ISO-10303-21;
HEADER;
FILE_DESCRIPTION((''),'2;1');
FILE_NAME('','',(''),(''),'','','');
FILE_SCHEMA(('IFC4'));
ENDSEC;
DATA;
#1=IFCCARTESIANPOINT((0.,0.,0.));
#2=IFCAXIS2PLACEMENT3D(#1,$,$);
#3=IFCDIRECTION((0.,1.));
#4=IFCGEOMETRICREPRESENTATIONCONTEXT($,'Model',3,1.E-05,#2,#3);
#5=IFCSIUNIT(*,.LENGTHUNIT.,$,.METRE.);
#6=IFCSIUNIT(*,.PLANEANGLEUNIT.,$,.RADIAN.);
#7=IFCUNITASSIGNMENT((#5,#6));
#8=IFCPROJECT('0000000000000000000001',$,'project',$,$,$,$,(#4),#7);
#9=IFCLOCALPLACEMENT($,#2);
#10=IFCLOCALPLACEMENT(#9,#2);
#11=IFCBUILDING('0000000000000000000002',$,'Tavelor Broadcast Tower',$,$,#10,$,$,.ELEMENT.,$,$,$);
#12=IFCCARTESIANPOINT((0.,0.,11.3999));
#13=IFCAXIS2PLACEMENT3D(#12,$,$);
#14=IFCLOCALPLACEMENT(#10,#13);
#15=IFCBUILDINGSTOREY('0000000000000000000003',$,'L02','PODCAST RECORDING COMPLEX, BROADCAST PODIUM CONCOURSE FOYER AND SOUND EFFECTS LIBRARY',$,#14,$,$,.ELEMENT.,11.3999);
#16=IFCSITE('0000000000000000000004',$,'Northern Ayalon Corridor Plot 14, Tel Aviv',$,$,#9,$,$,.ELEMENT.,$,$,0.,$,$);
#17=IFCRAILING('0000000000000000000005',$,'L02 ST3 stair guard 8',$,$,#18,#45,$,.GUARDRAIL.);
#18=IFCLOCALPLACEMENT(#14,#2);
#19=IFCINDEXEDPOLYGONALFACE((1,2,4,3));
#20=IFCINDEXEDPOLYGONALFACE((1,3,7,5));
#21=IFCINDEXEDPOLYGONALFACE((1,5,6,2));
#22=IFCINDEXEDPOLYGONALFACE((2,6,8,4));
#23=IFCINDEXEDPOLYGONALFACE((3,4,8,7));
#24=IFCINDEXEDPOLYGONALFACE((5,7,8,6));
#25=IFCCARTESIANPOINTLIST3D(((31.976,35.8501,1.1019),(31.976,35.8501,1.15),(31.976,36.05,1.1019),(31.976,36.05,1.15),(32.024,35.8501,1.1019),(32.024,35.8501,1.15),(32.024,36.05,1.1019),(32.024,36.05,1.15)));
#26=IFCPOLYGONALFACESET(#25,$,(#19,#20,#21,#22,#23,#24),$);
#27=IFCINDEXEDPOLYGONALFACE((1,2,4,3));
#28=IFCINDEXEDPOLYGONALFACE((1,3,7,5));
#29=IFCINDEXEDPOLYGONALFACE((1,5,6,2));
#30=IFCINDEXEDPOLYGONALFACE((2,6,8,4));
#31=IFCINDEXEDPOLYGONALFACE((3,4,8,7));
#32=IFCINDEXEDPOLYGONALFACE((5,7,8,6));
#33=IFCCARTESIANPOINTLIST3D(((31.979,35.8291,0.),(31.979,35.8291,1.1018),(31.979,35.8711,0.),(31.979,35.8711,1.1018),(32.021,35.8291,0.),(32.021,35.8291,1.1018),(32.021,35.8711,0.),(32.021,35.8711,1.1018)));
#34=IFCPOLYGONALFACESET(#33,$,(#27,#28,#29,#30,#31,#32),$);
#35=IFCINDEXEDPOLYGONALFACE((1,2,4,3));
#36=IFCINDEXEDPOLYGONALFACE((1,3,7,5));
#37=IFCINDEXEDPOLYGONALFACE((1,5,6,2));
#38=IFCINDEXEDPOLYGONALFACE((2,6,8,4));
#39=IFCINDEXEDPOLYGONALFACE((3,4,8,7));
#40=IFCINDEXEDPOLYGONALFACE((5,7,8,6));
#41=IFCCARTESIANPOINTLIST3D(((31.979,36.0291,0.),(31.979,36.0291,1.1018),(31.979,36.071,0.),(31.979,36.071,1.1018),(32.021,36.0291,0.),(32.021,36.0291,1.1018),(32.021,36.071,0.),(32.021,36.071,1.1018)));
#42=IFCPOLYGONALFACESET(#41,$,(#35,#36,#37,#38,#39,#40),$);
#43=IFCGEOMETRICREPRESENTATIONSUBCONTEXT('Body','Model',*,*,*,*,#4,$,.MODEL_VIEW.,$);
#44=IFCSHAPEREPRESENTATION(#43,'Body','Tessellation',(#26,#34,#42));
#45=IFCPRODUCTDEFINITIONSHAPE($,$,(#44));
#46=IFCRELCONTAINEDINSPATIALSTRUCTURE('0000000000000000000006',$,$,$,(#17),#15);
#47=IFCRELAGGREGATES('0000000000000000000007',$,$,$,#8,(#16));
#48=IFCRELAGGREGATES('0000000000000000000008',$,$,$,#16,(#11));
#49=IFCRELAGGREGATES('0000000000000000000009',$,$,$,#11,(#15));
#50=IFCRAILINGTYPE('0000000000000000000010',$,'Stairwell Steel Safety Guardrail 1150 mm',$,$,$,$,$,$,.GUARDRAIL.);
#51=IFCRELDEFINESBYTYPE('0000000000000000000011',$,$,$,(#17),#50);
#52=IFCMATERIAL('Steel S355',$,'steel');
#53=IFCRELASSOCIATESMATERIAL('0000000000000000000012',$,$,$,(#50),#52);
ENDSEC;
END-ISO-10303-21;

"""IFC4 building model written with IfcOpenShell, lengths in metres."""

from ifc_helpers import new_model, si_unit, direction, frame, origin, origin_2d, place, context, subcontext, project, spatial, rectangle, extrude, material, type_object, element, save


model = new_model("IFC4")

# Units and contexts
model_context = context("Model", 3, precision=1e-05, world=origin(), true_north=direction((0.0, 1.0)))
body_context = subcontext(model_context, "Body", "Model", "MODEL_VIEW")
ifc_project = project(units=[si_unit("LENGTHUNIT", "METRE"), si_unit("PLANEANGLEUNIT", "RADIAN")], contexts=[model_context])

# Site, building, storey
site_placement = place(None, origin())
site = spatial("IfcSite", under=ifc_project, at=site_placement, Name="Northern Ayalon Corridor Plot 14, Tel Aviv", CompositionType="ELEMENT", RefElevation=0.0)
building_placement = place(site_placement, origin())
building = spatial("IfcBuilding", under=site, at=building_placement, Name="Tavelor Broadcast Tower", CompositionType="ELEMENT")
storey_placement = place(building_placement, frame((0.0, 0.0, 11.3999)))
storey = spatial("IfcBuildingStorey", under=building, at=storey_placement, Name="L02", Description="PODCAST RECORDING COMPLEX, BROADCAST PODIUM CONCOURSE FOYER AND SOUND EFFECTS LIBRARY", CompositionType="ELEMENT", Elevation=11.3999)

# Shared definitions
ifc_material_1 = material(Name="Steel S355", Category="steel")

# Railing
railing_type_1 = type_object("IfcRailingType", Name="Stairwell Steel Safety Guardrail 1150 mm", PredefinedType="GUARDRAIL", material=ifc_material_1)
railing_1_placement = place(storey_placement, frame((32.0, 35.8501, 0.0)))
element("IfcRailing", 1, at=railing_1_placement, inside=storey, type_object=railing_type_1, Name="L02 ST3 stair guard 8", PredefinedType="GUARDRAIL", context=body_context, shape_type="SweptSolid", body=[
    extrude(rectangle(XDim=0.0481, YDim=0.0481, at=origin_2d()), frame((0.0, 0.0, 1.126), z_axis=(0.0, 1.0, 0.0), x_axis=(-1.0, 0.0, 0.0)), (0.0, 0.0, 1.0), 0.2),
    extrude(rectangle(XDim=0.042, YDim=0.042, at=origin_2d()), origin(), (0.0, 0.0, 1.0), 1.1018),
    extrude(rectangle(XDim=0.042, YDim=0.042, at=origin_2d()), frame((0.0, 0.2, 0.0)), (0.0, 0.0, 1.0), 1.1018),
])

save(model, "model.ifc")
